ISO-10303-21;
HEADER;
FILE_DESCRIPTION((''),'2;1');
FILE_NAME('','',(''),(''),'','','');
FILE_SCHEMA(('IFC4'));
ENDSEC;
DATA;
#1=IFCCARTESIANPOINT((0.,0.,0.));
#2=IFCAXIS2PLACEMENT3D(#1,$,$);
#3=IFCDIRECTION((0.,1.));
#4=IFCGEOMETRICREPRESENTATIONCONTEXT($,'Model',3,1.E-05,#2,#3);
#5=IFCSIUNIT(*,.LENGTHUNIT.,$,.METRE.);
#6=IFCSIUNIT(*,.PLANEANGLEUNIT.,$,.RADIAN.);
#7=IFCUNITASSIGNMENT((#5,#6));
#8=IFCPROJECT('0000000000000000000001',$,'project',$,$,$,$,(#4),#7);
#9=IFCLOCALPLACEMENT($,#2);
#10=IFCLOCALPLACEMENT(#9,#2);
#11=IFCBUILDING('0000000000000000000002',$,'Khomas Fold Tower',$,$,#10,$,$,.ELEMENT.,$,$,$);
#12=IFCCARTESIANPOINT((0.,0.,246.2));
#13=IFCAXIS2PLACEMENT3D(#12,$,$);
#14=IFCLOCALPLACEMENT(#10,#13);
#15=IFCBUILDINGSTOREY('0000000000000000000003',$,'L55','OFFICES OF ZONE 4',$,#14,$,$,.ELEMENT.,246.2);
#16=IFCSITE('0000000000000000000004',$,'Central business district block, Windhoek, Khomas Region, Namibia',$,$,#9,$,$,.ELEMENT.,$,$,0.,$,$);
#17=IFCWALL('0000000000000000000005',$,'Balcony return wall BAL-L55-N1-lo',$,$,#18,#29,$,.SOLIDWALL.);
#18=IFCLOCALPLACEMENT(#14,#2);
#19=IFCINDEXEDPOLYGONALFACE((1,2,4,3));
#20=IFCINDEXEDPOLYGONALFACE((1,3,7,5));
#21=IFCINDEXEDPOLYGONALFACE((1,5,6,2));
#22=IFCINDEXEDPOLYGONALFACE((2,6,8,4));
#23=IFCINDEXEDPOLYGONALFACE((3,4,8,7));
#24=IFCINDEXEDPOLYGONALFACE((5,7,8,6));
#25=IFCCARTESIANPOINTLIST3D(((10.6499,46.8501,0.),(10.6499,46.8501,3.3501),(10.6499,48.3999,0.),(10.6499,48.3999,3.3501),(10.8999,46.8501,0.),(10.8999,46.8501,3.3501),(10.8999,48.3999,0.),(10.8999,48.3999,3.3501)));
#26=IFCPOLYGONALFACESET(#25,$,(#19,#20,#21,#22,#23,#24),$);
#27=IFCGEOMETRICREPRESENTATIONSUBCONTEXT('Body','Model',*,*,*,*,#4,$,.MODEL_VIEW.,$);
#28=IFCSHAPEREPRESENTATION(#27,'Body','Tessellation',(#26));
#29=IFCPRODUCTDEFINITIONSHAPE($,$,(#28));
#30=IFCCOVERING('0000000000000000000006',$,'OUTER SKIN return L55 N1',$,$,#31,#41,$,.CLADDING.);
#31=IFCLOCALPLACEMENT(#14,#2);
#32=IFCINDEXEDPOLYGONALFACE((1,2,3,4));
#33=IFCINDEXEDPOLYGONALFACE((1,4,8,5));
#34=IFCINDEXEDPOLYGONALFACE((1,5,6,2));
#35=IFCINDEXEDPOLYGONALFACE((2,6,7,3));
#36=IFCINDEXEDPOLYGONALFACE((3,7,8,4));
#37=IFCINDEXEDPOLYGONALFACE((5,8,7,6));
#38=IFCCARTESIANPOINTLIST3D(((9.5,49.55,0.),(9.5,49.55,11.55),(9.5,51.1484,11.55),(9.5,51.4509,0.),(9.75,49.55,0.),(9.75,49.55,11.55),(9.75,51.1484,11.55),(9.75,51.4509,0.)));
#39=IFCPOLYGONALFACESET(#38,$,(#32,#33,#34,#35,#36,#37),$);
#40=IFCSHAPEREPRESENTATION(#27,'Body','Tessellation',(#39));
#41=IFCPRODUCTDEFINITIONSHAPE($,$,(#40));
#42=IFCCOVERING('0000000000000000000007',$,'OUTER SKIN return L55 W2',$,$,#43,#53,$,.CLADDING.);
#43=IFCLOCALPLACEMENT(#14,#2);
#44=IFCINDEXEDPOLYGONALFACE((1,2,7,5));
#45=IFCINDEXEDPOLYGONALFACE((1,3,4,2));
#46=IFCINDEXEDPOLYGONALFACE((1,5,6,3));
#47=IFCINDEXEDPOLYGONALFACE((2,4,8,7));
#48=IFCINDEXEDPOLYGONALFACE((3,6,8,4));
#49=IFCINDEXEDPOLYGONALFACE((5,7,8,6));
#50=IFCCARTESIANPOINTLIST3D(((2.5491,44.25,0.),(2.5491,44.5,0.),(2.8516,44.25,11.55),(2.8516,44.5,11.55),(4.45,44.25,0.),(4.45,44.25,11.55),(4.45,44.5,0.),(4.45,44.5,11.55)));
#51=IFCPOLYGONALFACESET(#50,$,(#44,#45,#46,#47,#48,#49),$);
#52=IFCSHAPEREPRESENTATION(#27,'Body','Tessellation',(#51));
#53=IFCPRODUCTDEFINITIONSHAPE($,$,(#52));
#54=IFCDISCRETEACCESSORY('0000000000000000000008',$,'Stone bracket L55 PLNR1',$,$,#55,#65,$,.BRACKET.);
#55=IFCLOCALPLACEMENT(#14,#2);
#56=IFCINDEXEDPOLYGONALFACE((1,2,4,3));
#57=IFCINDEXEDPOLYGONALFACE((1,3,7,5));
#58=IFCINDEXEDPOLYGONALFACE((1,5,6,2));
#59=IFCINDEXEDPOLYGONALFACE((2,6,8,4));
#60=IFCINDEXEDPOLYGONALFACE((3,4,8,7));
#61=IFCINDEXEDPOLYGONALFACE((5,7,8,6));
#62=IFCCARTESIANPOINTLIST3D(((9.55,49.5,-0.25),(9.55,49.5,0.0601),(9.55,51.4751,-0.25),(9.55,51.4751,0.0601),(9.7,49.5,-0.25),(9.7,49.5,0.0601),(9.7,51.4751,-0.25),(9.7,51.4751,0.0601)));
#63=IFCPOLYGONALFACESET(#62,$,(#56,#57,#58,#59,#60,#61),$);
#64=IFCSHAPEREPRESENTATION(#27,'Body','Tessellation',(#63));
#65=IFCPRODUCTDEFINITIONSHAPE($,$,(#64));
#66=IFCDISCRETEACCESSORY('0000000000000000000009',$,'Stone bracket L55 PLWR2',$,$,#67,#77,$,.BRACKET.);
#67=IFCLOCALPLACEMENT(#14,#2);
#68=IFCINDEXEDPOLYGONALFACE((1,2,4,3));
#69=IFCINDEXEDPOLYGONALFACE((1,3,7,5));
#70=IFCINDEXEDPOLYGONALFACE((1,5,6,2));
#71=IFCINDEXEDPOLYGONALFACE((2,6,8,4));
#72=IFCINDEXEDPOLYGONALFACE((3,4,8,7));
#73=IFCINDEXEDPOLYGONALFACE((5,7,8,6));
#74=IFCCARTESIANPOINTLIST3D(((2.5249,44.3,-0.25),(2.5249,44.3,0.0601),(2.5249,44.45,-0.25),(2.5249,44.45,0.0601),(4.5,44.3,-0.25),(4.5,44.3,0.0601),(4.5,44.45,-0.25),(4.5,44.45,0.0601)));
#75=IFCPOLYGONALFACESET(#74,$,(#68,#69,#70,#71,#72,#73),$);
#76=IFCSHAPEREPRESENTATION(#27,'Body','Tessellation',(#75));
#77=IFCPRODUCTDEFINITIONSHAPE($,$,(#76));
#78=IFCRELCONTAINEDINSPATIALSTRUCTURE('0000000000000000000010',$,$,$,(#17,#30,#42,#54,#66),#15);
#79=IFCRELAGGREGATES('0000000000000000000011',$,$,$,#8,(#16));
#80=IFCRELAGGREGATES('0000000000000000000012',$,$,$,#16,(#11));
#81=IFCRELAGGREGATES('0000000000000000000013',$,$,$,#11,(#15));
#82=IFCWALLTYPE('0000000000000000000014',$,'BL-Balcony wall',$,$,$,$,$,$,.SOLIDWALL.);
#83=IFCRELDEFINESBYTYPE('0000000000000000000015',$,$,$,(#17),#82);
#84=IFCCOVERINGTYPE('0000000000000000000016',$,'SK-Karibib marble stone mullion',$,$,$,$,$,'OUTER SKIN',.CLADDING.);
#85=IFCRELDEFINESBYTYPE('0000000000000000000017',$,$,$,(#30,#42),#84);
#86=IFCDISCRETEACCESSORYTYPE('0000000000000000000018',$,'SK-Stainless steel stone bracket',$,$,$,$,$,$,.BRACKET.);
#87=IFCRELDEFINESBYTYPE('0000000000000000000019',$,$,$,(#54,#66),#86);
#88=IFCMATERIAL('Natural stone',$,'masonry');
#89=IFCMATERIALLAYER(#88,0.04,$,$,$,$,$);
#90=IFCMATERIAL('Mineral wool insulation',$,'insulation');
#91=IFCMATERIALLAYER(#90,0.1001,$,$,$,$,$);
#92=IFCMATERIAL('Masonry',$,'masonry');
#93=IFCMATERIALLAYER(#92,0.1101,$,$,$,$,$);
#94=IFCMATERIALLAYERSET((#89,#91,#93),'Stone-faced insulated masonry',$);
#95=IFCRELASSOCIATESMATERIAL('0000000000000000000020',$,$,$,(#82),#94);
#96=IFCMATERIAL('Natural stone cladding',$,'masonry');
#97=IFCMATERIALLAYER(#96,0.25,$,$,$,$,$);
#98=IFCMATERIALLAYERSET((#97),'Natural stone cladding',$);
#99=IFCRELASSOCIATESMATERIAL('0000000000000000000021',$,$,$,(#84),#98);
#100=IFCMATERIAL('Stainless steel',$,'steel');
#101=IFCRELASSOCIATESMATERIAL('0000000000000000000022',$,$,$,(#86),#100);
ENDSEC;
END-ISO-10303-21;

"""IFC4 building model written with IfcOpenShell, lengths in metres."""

from ifc_helpers import new_model, si_unit, direction, frame, frame_2d, origin, origin_2d, place, context, subcontext, project, spatial, polyline, rectangle, outline, extrude, source, transform, mapped, material, layer, layer_set, type_object, element, save


model = new_model("IFC4")

# Units and contexts
model_context = context("Model", 3, precision=1e-05, world=origin(), true_north=direction((0.0, 1.0)))
body_context = subcontext(model_context, "Body", "Model", "MODEL_VIEW")
ifc_project = project(units=[si_unit("LENGTHUNIT", "METRE"), si_unit("PLANEANGLEUNIT", "RADIAN")], contexts=[model_context])

# Site, building, storey
site_placement = place(None, origin())
site = spatial("IfcSite", under=ifc_project, at=site_placement, Name="Central business district block, Windhoek, Khomas Region, Namibia", CompositionType="ELEMENT", RefElevation=0.0)
building_placement = place(site_placement, origin())
building = spatial("IfcBuilding", under=site, at=building_placement, Name="Khomas Fold Tower", CompositionType="ELEMENT")
storey_placement = place(building_placement, frame((0.0, 0.0, 246.2)))
storey = spatial("IfcBuildingStorey", under=building, at=storey_placement, Name="L55", Description="OFFICES OF ZONE 4", CompositionType="ELEMENT", Elevation=246.2)

# Wall
ifc_material_1 = material(Name="Natural stone", Category="masonry")
ifc_layer_1 = layer(ifc_material_1, 0.04)
ifc_material_2 = material(Name="Mineral wool insulation", Category="insulation")
ifc_layer_2 = layer(ifc_material_2, 0.1001)
ifc_material_3 = material(Name="Masonry", Category="masonry")
ifc_layer_3 = layer(ifc_material_3, 0.1101)
ifc_layer_set_1 = layer_set([ifc_layer_1, ifc_layer_2, ifc_layer_3], Name="Stone-faced insulated masonry")
wall_type = type_object("IfcWallType", Name="BL-Balcony wall", PredefinedType="SOLIDWALL", material=ifc_layer_set_1)
shared_shape_1 = source(origin(), body_context, "Body", "SweptSolid", [
    extrude(rectangle(XDim=1.5498, YDim=0.25, at=frame_2d((0.7749, 0.0))), origin(), (0.0, 0.0, 1.0), 3.3501),
])
wall_placement = place(storey_placement, frame((10.7749, 48.3999, 0.0), z_axis=(0.0, 0.0, 1.0), x_axis=(0.0, -1.0, 0.0)))
element("IfcWall", 1, at=wall_placement, inside=storey, type_object=wall_type, Name="Balcony return wall BAL-L55-N1-lo", PredefinedType="SOLIDWALL", context=body_context, shape_type="MappedRepresentation", body=[
    mapped(shared_shape_1, transform((0.0, 0.0, 0.0))),
])

# Coverings
ifc_material_4 = material(Name="Natural stone cladding", Category="masonry")
ifc_layer_4 = layer(ifc_material_4, 0.25)
ifc_layer_set_2 = layer_set([ifc_layer_4], Name="Natural stone cladding")
covering_type = type_object("IfcCoveringType", Name="SK-Karibib marble stone mullion", ElementType="OUTER SKIN", PredefinedType="CLADDING", material=ifc_layer_set_2)
covering_1_placement = place(storey_placement, frame((9.5, 49.55, 11.55), z_axis=(-1.0, 0.0, 0.0), x_axis=(0.0, 1.0, 0.0)))
element("IfcCovering", 2, at=covering_1_placement, inside=storey, type_object=covering_type, Name="OUTER SKIN return L55 N1", PredefinedType="CLADDING", context=body_context, shape_type="SweptSolid", body=[
    extrude(outline(polyline([(0.0, 0.0), (1.5984, 0.0), (1.9009, 11.55), (0.0, 11.55), (0.0, 0.0)])), origin(), (0.0, 0.0, -1.0), 0.25),
])
covering_2_placement = place(storey_placement, frame((4.45, 44.5, 0.0), z_axis=(0.0, 1.0, 0.0), x_axis=(-1.0, 0.0, 0.0)))
element("IfcCovering", 3, at=covering_2_placement, inside=storey, type_object=covering_type, Name="OUTER SKIN return L55 W2", PredefinedType="CLADDING", context=body_context, shape_type="SweptSolid", body=[
    extrude(outline(polyline([(0.0, 0.0), (1.9009, 0.0), (1.5984, 11.55), (0.0, 11.55), (0.0, 0.0)])), origin(), (0.0, 0.0, -1.0), 0.25),
])

# Discrete accessories
ifc_material_5 = material(Name="Stainless steel", Category="steel")
discrete_accessory_type = type_object("IfcDiscreteAccessoryType", Name="SK-Stainless steel stone bracket", PredefinedType="BRACKET", material=ifc_material_5)
shared_shape_2 = source(origin(), body_context, "Body", "SweptSolid", [
    extrude(rectangle(XDim=1.9751, YDim=0.1499, at=origin_2d()), origin(), (0.0, 0.0, 1.0), 0.3101),
])
for number, where, z_axis, x_axis, name in (
    (4, (9.625, 50.4875, -0.25), (0.0, 0.0, 1.0), (0.0, 1.0, 0.0), "Stone bracket L55 PLNR1"),
    (5, (3.5125, 44.375, -0.25), (0.0, 0.0, 1.0), (-1.0, 0.0, 0.0), "Stone bracket L55 PLWR2"),
):
    element("IfcDiscreteAccessory", number, at=place(storey_placement, frame(where, z_axis=z_axis, x_axis=x_axis)), inside=storey, type_object=discrete_accessory_type, Name=name, PredefinedType="BRACKET", context=body_context, shape_type="MappedRepresentation", body=[
        mapped(shared_shape_2, transform((0.0, 0.0, 0.0))),
    ])

save(model, "model.ifc")
